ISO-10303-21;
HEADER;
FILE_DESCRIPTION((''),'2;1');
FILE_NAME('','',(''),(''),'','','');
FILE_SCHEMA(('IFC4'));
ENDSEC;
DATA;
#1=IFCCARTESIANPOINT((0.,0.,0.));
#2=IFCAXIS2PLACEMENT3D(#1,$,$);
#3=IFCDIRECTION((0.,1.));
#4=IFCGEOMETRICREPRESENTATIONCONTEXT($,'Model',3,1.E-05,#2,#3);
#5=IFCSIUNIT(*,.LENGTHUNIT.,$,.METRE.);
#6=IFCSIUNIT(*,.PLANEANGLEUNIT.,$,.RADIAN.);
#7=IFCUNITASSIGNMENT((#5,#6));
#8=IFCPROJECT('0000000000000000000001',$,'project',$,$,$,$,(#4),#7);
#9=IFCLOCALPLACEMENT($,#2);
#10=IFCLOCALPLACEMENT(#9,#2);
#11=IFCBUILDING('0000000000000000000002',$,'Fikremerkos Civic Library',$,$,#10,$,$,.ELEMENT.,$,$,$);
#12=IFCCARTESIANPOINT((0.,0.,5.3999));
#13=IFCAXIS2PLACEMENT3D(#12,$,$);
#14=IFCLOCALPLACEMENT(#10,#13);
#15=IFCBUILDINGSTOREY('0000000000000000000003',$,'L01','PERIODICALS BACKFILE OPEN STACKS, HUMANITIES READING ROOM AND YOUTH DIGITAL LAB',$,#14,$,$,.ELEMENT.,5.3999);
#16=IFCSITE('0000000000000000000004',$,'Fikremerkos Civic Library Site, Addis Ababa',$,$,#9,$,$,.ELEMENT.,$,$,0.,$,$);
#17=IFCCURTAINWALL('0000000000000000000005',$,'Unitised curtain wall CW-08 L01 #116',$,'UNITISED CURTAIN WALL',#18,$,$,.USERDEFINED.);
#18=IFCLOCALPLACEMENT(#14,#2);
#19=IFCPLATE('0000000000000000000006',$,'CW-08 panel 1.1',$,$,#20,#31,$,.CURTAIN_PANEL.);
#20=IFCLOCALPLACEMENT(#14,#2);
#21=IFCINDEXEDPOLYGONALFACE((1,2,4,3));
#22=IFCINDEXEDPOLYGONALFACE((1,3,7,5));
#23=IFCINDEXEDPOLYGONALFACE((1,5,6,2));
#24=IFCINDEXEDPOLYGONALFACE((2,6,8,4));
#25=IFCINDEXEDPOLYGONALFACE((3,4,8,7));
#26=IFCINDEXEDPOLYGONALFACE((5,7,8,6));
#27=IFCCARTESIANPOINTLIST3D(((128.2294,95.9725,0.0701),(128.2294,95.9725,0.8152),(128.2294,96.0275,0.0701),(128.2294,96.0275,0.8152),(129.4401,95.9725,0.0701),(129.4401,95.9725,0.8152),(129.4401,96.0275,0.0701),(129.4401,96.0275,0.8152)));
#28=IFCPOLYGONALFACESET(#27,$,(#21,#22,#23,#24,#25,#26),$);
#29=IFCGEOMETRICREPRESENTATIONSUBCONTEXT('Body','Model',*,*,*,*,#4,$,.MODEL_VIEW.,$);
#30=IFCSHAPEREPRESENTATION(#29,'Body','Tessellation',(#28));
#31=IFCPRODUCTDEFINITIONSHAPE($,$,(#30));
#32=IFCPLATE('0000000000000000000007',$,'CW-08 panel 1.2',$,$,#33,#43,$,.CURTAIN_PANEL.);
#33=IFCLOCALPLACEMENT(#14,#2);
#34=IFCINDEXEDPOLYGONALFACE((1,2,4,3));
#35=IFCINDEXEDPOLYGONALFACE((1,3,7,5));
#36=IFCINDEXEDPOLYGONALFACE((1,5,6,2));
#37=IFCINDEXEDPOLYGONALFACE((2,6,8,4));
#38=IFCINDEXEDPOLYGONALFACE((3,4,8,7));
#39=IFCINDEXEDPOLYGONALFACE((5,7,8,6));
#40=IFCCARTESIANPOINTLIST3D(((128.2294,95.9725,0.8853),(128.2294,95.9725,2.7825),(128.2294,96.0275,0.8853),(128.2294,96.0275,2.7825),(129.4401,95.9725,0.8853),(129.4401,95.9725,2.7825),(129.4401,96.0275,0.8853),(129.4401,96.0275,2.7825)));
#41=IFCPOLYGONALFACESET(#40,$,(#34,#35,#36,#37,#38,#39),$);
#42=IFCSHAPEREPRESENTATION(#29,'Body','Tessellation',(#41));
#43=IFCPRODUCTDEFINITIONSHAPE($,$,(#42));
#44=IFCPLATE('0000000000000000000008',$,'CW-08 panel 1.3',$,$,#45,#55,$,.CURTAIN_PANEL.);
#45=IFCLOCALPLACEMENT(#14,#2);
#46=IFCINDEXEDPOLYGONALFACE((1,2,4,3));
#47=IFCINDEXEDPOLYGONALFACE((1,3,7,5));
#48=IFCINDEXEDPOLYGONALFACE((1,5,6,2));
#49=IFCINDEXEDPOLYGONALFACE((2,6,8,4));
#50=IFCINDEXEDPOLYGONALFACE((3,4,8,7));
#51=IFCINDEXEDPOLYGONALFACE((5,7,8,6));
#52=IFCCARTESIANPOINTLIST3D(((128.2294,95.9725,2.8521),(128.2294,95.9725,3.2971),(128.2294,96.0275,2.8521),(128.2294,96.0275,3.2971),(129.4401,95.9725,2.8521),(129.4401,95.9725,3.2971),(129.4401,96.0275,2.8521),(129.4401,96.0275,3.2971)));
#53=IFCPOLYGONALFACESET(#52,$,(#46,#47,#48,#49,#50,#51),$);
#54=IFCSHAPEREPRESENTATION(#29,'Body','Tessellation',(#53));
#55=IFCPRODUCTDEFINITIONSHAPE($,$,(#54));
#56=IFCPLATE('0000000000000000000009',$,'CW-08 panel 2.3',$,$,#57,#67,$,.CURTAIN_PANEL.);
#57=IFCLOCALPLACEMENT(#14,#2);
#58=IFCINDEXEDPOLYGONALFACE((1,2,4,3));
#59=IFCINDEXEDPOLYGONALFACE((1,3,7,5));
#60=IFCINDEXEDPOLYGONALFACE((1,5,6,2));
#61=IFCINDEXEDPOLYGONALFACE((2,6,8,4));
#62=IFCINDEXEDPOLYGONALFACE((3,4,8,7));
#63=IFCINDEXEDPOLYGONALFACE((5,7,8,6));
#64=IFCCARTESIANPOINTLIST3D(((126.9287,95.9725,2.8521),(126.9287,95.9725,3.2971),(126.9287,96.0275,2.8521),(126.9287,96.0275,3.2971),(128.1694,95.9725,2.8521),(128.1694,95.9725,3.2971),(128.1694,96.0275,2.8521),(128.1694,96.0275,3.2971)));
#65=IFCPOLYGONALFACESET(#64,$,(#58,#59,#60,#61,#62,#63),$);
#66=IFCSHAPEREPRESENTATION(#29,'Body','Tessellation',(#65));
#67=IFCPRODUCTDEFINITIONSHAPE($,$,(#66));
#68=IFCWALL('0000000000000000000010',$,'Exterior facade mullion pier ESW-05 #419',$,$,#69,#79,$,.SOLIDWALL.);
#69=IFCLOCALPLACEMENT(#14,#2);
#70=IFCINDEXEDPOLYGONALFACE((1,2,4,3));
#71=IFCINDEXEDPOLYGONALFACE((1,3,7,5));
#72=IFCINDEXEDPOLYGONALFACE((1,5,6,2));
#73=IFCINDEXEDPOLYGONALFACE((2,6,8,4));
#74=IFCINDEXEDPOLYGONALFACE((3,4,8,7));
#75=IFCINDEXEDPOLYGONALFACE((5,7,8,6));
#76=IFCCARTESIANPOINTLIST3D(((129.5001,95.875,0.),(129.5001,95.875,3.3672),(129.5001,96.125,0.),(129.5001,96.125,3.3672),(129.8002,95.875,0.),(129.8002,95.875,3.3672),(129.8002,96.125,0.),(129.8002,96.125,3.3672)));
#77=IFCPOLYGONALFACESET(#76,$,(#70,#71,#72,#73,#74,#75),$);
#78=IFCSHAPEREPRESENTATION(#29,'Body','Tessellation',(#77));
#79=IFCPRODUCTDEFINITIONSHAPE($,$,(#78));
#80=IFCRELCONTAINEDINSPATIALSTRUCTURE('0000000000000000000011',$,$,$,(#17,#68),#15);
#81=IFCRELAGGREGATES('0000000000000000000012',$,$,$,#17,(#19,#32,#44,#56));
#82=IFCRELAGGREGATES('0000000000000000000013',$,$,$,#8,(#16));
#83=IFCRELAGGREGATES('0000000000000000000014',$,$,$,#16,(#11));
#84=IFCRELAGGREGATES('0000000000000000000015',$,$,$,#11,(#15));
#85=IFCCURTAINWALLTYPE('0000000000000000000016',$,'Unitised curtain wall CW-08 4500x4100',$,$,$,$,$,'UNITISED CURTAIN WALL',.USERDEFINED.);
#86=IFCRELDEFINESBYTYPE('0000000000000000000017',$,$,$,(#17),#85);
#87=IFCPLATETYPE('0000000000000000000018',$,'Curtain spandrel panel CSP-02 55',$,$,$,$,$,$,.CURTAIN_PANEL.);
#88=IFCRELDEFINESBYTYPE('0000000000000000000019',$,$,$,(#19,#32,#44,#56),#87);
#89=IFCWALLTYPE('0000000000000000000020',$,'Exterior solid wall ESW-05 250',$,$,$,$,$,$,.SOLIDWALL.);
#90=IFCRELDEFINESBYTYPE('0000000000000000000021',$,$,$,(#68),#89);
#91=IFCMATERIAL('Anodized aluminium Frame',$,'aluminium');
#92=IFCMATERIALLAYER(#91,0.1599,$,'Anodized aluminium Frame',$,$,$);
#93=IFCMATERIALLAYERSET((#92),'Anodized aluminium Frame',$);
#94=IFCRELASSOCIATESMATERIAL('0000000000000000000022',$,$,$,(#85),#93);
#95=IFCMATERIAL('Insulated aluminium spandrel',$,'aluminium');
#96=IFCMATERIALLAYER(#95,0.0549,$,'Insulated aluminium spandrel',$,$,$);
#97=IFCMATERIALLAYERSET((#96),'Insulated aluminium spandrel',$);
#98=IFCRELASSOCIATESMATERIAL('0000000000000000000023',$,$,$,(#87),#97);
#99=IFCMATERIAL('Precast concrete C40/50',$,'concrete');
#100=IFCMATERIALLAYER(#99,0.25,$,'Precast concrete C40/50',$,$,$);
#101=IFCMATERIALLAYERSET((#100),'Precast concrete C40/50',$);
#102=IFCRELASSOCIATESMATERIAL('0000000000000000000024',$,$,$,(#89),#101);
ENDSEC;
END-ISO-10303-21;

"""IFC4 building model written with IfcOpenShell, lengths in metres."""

from ifc_helpers import new_model, si_unit, direction, frame, frame_2d, origin, origin_2d, place, context, subcontext, project, spatial, rectangle, extrude, material, layer, layer_set, type_object, element, aggregate, save


model = new_model("IFC4")

# Units and contexts
model_context = context("Model", 3, precision=1e-05, world=origin(), true_north=direction((0.0, 1.0)))
body_context = subcontext(model_context, "Body", "Model", "MODEL_VIEW")
ifc_project = project(units=[si_unit("LENGTHUNIT", "METRE"), si_unit("PLANEANGLEUNIT", "RADIAN")], contexts=[model_context])

# Site, building, storey
site_placement = place(None, origin())
site = spatial("IfcSite", under=ifc_project, at=site_placement, Name="Fikremerkos Civic Library Site, Addis Ababa", CompositionType="ELEMENT", RefElevation=0.0)
building_placement = place(site_placement, origin())
building = spatial("IfcBuilding", under=site, at=building_placement, Name="Fikremerkos Civic Library", CompositionType="ELEMENT")
storey_placement = place(building_placement, frame((0.0, 0.0, 5.3999)))
storey = spatial("IfcBuildingStorey", under=building, at=storey_placement, Name="L01", Description="PERIODICALS BACKFILE OPEN STACKS, HUMANITIES READING ROOM AND YOUTH DIGITAL LAB", CompositionType="ELEMENT", Elevation=5.3999)

# Curtain wall
ifc_material_1 = material(Name="Anodized aluminium Frame", Category="aluminium")
ifc_layer_1 = layer(ifc_material_1, 0.1599, Name="Anodized aluminium Frame")
ifc_layer_set_1 = layer_set([ifc_layer_1], Name="Anodized aluminium Frame")
curtain_wall_type_1 = type_object("IfcCurtainWallType", Name="Unitised curtain wall CW-08 4500x4100", ElementType="UNITISED CURTAIN WALL", PredefinedType="USERDEFINED", material=ifc_layer_set_1)
curtain_wall_1_placement = place(storey_placement, origin())
curtain_wall_1 = element("IfcCurtainWall", 1, at=curtain_wall_1_placement, inside=storey, type_object=curtain_wall_type_1, Name="Unitised curtain wall CW-08 L01 #116", ObjectType="UNITISED CURTAIN WALL", PredefinedType="USERDEFINED")

# Plates
ifc_material_2 = material(Name="Insulated aluminium spandrel", Category="aluminium")
ifc_layer_2 = layer(ifc_material_2, 0.0549, Name="Insulated aluminium spandrel")
ifc_layer_set_2 = layer_set([ifc_layer_2], Name="Insulated aluminium spandrel")
plate_type_1 = type_object("IfcPlateType", Name="Curtain spandrel panel CSP-02 55", PredefinedType="CURTAIN_PANEL", material=ifc_layer_set_2)
plate_1_placement = place(storey_placement, frame((128.8347, 96.0, 0.0701), z_axis=(0.0, 0.0, 1.0), x_axis=(-1.0, 0.0, 0.0)))
plate_1 = element("IfcPlate", 2, at=plate_1_placement, type_object=plate_type_1, Name="CW-08 panel 1.1", PredefinedType="CURTAIN_PANEL", context=body_context, shape_type="SweptSolid", body=[
    extrude(rectangle(XDim=1.2107, YDim=0.0549, at=origin_2d()), origin(), (0.0, 0.0, 1.0), 0.7451),
])
plate_2_placement = place(storey_placement, frame((128.8347, 96.0, 0.8853), z_axis=(0.0, 0.0, 1.0), x_axis=(-1.0, 0.0, 0.0)))
plate_2 = element("IfcPlate", 3, at=plate_2_placement, type_object=plate_type_1, Name="CW-08 panel 1.2", PredefinedType="CURTAIN_PANEL", context=body_context, shape_type="SweptSolid", body=[
    extrude(rectangle(XDim=1.2107, YDim=0.0549, at=origin_2d()), origin(), (0.0, 0.0, 1.0), 1.8972),
])
plate_3_placement = place(storey_placement, frame((128.8347, 96.0, 2.8521), z_axis=(0.0, 0.0, 1.0), x_axis=(-1.0, 0.0, 0.0)))
plate_3 = element("IfcPlate", 4, at=plate_3_placement, type_object=plate_type_1, Name="CW-08 panel 1.3", PredefinedType="CURTAIN_PANEL", context=body_context, shape_type="SweptSolid", body=[
    extrude(rectangle(XDim=1.2107, YDim=0.0549, at=origin_2d()), origin(), (0.0, 0.0, 1.0), 0.4451),
])
plate_4_placement = place(storey_placement, frame((127.5491, 96.0, 2.8521), z_axis=(0.0, 0.0, 1.0), x_axis=(-1.0, 0.0, 0.0)))
plate_4 = element("IfcPlate", 5, at=plate_4_placement, type_object=plate_type_1, Name="CW-08 panel 2.3", PredefinedType="CURTAIN_PANEL", context=body_context, shape_type="SweptSolid", body=[
    extrude(rectangle(XDim=1.2407, YDim=0.0549, at=origin_2d()), origin(), (0.0, 0.0, 1.0), 0.4451),
])
aggregate(curtain_wall_1, [plate_1, plate_2, plate_3, plate_4])

# Wall
ifc_material_3 = material(Name="Precast concrete C40/50", Category="concrete")
ifc_layer_3 = layer(ifc_material_3, 0.25, Name="Precast concrete C40/50")
ifc_layer_set_3 = layer_set([ifc_layer_3], Name="Precast concrete C40/50")
wall_type = type_object("IfcWallType", Name="Exterior solid wall ESW-05 250", PredefinedType="SOLIDWALL", material=ifc_layer_set_3)
wall_placement = place(storey_placement, frame((129.8, 96.0, 0.0), z_axis=(0.0, 0.0, 1.0), x_axis=(-1.0, 0.0, 0.0)))
element("IfcWall", 6, at=wall_placement, inside=storey, type_object=wall_type, Name="Exterior facade mullion pier ESW-05 #419", PredefinedType="SOLIDWALL", context=body_context, shape_type="SweptSolid", body=[
    extrude(rectangle(XDim=0.3, YDim=0.25, at=frame_2d((0.1499, 0.0))), origin(), (0.0, 0.0, 1.0), 3.3672),
])

save(model, "model.ifc")
